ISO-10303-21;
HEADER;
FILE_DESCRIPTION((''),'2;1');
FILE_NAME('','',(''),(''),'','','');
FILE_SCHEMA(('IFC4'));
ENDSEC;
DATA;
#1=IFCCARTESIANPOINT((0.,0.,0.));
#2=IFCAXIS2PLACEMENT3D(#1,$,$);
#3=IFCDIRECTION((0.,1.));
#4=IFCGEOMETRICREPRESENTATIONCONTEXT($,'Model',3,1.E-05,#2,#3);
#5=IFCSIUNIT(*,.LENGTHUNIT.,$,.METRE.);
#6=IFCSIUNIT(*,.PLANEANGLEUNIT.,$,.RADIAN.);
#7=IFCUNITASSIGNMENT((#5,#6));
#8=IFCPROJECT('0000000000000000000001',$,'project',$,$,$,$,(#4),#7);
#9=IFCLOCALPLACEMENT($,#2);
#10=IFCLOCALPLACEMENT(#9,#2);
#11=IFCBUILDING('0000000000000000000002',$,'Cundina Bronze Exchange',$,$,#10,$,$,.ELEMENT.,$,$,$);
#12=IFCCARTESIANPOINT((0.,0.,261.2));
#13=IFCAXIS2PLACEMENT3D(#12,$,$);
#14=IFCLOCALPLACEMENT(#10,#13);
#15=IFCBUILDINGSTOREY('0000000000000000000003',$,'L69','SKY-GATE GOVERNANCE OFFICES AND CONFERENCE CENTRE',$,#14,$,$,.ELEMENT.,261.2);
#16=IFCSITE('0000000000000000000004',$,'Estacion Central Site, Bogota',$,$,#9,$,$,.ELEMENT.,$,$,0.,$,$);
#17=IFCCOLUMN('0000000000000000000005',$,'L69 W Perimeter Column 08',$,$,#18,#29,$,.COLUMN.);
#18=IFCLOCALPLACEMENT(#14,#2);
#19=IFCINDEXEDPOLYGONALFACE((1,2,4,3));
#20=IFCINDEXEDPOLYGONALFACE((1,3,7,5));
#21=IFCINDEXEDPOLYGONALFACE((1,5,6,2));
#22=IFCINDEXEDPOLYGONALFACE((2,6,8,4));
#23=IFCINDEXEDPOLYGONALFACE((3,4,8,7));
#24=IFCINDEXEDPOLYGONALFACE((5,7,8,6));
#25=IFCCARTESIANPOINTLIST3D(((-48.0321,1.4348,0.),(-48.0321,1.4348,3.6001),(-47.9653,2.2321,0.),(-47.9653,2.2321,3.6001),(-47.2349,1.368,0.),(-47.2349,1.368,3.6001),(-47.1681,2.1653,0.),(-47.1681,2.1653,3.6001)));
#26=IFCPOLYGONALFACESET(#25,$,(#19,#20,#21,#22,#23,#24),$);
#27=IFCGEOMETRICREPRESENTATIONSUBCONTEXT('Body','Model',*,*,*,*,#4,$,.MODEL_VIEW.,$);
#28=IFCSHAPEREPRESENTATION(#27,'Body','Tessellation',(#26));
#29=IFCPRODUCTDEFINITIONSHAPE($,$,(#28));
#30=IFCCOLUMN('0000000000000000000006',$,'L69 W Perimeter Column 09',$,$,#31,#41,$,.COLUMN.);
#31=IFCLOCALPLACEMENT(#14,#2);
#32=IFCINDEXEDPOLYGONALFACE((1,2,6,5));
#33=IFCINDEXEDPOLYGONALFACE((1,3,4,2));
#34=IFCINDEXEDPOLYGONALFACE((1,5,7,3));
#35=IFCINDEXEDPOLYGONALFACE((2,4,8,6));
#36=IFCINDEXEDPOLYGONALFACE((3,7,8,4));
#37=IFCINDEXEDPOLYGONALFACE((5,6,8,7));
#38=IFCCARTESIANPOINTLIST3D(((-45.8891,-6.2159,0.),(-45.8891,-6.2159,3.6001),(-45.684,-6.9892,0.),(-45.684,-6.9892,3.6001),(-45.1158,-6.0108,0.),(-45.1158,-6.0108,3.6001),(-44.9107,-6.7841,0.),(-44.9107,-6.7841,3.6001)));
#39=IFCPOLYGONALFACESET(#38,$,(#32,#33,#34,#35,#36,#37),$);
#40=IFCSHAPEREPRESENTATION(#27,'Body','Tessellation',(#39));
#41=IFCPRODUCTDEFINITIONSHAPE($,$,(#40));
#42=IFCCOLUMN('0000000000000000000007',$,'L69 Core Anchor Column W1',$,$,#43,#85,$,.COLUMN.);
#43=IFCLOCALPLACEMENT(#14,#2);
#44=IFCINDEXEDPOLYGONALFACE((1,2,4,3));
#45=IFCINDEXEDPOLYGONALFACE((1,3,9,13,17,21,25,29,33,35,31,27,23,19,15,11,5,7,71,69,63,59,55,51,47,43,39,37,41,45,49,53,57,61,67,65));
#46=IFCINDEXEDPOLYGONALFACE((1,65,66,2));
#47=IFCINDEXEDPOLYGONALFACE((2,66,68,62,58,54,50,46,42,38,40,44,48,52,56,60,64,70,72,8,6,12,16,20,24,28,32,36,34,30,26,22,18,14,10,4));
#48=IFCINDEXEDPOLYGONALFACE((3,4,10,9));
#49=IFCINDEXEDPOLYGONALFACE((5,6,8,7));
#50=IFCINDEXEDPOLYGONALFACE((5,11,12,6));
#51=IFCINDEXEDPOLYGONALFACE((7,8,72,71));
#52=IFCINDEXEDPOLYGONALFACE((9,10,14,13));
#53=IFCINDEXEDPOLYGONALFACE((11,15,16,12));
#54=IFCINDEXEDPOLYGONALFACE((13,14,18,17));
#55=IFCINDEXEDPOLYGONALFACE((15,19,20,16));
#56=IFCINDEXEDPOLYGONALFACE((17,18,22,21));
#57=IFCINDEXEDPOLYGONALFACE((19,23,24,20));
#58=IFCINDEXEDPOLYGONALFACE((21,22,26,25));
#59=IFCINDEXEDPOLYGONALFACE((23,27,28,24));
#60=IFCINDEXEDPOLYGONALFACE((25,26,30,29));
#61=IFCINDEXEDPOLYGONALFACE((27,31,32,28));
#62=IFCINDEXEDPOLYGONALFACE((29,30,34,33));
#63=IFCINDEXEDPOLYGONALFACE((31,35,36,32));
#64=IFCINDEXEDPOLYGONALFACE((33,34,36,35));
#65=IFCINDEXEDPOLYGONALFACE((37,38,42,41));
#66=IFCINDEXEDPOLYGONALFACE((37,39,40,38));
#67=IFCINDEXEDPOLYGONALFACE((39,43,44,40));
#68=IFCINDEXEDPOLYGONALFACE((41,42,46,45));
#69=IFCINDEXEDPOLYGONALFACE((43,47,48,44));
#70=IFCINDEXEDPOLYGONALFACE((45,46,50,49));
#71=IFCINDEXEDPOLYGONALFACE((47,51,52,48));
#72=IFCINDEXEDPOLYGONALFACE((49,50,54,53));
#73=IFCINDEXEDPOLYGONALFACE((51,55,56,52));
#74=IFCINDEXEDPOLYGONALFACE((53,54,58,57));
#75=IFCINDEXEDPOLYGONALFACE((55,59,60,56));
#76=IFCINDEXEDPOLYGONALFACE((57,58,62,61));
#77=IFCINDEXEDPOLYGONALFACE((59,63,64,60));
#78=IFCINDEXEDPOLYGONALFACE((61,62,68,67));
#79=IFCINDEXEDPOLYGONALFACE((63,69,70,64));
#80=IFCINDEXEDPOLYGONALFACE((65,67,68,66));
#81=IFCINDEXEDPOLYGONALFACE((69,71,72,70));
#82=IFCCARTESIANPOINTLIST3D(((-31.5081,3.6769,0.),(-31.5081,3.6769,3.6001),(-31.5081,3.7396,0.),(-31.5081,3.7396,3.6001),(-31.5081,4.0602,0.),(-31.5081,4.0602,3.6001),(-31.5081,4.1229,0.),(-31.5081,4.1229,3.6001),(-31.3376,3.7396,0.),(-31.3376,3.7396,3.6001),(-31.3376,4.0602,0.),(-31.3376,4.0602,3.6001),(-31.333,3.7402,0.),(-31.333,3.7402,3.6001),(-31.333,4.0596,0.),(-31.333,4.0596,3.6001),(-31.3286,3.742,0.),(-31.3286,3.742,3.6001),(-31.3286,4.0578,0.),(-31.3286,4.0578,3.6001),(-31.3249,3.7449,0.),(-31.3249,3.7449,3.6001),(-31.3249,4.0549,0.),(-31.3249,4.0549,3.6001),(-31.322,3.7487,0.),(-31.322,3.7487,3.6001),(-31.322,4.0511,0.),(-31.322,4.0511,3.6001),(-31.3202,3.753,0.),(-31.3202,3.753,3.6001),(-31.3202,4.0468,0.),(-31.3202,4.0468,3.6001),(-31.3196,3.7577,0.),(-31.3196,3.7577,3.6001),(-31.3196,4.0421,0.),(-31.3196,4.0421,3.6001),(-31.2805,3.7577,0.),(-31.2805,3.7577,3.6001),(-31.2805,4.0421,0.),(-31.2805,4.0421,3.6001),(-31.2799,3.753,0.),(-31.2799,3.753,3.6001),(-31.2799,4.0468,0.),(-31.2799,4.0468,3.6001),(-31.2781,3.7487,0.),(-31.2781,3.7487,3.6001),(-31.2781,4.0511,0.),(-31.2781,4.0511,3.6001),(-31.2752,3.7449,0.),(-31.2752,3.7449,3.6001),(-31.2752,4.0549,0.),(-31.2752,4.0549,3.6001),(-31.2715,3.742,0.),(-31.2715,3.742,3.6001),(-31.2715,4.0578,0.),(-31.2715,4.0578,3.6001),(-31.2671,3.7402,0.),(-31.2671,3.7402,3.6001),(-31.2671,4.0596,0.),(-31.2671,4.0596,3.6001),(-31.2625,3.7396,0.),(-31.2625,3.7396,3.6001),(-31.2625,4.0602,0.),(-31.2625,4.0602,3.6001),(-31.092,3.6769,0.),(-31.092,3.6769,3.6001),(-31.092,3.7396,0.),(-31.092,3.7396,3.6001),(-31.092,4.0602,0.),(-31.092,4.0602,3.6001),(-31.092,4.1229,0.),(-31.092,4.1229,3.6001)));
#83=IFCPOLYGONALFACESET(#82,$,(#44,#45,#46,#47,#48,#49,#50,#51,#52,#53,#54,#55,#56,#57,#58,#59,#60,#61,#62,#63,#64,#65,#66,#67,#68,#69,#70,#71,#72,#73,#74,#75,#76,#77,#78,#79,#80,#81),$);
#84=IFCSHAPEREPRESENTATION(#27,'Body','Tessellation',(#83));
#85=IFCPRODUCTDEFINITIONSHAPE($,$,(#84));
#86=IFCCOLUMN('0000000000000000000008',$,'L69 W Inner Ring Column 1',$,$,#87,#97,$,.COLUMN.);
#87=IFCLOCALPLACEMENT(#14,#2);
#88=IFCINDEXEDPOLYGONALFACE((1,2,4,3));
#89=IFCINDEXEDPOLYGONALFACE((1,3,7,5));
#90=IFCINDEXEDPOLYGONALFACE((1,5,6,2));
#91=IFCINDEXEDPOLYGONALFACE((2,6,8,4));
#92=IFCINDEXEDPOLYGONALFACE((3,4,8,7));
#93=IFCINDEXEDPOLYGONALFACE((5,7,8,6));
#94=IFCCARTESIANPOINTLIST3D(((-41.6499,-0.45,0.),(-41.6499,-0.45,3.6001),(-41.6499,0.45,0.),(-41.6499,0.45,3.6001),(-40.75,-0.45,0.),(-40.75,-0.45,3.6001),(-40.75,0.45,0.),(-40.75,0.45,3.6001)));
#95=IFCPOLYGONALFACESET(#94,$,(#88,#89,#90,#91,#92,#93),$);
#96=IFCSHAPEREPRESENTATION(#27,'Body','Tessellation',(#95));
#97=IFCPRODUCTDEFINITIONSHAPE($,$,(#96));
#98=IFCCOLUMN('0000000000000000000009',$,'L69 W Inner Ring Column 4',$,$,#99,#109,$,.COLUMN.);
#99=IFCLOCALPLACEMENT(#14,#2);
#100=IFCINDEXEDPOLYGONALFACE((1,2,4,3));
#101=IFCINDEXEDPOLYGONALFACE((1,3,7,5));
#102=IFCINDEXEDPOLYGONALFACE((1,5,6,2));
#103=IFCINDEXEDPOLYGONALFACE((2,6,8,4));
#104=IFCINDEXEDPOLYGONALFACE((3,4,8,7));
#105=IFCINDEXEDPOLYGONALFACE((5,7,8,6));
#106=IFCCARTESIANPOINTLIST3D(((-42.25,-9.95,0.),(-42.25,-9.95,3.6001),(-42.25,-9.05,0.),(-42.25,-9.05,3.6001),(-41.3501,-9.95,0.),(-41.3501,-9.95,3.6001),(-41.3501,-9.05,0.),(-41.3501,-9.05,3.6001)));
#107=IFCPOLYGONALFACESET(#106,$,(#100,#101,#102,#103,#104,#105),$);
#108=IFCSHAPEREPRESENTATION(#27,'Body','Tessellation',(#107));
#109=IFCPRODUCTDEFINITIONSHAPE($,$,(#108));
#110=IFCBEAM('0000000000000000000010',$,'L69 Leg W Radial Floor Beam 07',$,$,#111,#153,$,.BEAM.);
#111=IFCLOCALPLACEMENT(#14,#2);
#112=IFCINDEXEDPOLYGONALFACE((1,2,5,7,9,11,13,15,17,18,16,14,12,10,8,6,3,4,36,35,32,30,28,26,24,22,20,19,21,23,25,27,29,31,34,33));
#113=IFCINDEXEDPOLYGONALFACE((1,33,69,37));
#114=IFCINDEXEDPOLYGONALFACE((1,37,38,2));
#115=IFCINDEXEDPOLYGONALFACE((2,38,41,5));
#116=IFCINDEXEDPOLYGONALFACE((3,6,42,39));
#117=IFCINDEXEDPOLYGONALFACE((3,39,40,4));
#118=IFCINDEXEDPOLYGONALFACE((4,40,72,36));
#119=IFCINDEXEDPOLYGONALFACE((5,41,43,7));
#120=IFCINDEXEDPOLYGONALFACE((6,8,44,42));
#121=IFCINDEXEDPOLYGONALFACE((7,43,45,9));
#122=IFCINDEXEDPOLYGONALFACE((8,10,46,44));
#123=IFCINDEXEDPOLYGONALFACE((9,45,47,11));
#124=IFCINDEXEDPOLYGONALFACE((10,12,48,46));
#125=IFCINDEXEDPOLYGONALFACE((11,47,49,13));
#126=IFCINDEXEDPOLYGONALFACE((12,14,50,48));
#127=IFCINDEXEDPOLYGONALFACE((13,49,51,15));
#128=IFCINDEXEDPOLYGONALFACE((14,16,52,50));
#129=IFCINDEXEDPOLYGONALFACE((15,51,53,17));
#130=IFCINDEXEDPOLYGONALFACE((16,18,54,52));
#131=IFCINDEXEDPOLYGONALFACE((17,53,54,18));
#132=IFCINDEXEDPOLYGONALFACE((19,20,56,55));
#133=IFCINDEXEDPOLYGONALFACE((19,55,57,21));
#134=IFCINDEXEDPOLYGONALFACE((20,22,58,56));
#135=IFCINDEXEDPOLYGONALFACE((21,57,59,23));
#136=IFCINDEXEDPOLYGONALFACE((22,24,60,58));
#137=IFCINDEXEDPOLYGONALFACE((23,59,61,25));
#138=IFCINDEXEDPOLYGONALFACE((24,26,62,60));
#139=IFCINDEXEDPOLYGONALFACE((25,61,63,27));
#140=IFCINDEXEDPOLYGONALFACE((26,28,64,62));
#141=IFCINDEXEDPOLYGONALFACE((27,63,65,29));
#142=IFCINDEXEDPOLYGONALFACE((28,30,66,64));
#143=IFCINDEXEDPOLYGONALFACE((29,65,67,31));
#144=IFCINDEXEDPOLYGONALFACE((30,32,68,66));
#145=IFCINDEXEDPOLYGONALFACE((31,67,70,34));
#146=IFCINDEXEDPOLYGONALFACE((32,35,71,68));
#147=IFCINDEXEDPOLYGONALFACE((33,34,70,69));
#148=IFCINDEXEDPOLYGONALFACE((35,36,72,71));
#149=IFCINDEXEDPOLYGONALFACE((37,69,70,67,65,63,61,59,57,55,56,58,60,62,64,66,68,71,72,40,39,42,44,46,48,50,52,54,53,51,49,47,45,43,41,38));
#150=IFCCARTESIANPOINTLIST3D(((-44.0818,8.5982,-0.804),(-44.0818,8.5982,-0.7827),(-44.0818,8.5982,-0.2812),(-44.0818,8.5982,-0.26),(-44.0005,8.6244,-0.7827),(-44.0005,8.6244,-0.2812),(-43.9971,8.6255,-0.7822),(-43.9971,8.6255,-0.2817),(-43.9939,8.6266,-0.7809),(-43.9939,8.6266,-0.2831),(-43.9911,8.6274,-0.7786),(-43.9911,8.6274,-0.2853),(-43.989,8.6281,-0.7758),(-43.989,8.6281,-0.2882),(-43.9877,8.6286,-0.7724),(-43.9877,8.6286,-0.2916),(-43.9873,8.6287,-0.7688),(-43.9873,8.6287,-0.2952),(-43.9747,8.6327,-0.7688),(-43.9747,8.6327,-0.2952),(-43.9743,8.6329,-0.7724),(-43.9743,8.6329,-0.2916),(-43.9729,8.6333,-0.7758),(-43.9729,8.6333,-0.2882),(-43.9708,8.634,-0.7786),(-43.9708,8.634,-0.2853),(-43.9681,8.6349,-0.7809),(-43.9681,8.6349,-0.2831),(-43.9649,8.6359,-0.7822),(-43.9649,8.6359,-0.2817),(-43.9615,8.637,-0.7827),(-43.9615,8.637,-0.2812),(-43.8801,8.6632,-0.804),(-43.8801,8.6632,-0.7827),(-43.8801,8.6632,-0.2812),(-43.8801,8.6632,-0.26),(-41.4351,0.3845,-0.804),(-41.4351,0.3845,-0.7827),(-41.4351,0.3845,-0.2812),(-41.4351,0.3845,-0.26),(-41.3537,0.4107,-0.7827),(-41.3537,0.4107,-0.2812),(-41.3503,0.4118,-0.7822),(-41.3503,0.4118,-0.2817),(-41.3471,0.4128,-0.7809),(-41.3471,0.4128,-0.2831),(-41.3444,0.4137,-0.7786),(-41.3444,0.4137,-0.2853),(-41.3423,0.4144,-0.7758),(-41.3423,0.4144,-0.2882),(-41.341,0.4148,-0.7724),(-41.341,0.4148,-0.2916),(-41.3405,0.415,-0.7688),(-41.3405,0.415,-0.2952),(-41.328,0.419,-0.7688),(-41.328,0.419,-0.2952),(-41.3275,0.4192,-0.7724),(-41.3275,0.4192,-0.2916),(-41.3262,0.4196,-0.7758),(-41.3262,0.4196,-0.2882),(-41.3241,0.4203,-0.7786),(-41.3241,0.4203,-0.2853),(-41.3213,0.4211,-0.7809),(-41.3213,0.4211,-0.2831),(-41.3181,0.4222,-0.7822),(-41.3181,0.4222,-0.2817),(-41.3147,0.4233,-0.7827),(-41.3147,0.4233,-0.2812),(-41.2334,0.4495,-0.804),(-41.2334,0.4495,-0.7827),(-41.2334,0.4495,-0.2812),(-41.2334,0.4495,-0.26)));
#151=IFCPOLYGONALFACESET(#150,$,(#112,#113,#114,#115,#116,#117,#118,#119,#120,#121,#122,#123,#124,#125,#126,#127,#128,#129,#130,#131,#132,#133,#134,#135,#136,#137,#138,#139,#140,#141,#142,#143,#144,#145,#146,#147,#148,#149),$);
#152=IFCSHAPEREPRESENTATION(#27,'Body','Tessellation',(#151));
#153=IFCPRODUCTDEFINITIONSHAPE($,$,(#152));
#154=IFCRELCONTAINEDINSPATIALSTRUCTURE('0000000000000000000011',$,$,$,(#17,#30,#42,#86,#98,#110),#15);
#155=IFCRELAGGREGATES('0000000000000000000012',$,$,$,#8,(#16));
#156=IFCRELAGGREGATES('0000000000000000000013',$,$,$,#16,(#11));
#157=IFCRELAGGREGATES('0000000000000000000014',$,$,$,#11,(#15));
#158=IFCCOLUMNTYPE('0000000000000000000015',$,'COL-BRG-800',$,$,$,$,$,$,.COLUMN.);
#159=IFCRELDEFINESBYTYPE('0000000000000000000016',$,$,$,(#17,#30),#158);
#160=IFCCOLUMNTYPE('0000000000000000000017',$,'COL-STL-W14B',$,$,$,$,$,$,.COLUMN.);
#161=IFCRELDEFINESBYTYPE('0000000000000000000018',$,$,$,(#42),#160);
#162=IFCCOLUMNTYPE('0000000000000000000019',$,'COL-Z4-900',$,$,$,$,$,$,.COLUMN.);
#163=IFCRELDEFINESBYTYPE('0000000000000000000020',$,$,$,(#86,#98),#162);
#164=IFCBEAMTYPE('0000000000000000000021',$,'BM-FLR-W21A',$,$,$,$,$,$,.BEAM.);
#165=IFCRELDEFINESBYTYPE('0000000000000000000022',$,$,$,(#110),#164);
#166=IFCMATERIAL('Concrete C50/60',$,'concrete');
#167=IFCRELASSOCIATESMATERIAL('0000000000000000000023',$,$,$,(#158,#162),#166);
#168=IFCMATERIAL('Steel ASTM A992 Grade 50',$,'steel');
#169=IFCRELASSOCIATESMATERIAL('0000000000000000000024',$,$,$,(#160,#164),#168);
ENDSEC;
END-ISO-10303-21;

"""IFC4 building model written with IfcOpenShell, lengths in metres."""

from ifc_helpers import new_model, si_unit, direction, frame, origin, origin_2d, place, context, subcontext, project, spatial, rectangle, i_section, extrude, material, material_profile, profile_set, type_object, element, save


model = new_model("IFC4")

# Units and contexts
model_context = context("Model", 3, precision=1e-05, world=origin(), true_north=direction((0.0, 1.0)))
body_context = subcontext(model_context, "Body", "Model", "MODEL_VIEW")
ifc_project = project(units=[si_unit("LENGTHUNIT", "METRE"), si_unit("PLANEANGLEUNIT", "RADIAN")], contexts=[model_context])

# Site, building, storey
site_placement = place(None, origin())
site = spatial("IfcSite", under=ifc_project, at=site_placement, Name="Estacion Central Site, Bogota", CompositionType="ELEMENT", RefElevation=0.0)
building_placement = place(site_placement, origin())
building = spatial("IfcBuilding", under=site, at=building_placement, Name="Cundina Bronze Exchange", CompositionType="ELEMENT")
storey_placement = place(building_placement, frame((0.0, 0.0, 261.2)))
storey = spatial("IfcBuildingStorey", under=building, at=storey_placement, Name="L69", Description="SKY-GATE GOVERNANCE OFFICES AND CONFERENCE CENTRE", CompositionType="ELEMENT", Elevation=261.2)

# Columns
ifc_material_1 = material(Name="Concrete C50/60", Category="concrete")
ifc_material_profile_1 = material_profile(ifc_material_1, rectangle(XDim=0.8, YDim=0.8, at=origin_2d()), Name="RC800X800", Category="concrete")
ifc_profile_set_1 = profile_set([ifc_material_profile_1], Name="Concrete C50/60")
column_type_1 = type_object("IfcColumnType", Name="COL-BRG-800", PredefinedType="COLUMN", material=ifc_profile_set_1)
for number, where, z_axis, x_axis, name in (
    (1, (-47.6001, 1.8, 0.0), (0.0, 0.0, 1.0), (-0.083504, -0.996507, 0.0), "L69 W Perimeter Column 08"),
    (2, (-45.3999, -6.5, 0.0), (0.0, 0.0, 1.0), (0.256289, -0.9666, 0.0), "L69 W Perimeter Column 09"),
):
    element("IfcColumn", number, at=place(storey_placement, frame(where, z_axis=z_axis, x_axis=x_axis)), inside=storey, type_object=column_type_1, Name=name, PredefinedType="COLUMN", context=body_context, shape_type="SweptSolid", body=[
        extrude(rectangle(XDim=0.8, YDim=0.8, at=origin_2d()), origin(), (0.0, 0.0, 1.0), 3.6001),
    ])
ifc_material_2 = material(Name="Steel ASTM A992 Grade 50", Category="steel")
ifc_material_profile_2 = material_profile(ifc_material_2, i_section(OverallWidth=0.416, OverallDepth=0.446, WebThickness=0.0391, FlangeThickness=0.0627, FilletRadius=0.0181, at=origin_2d()), Name="W14X342", Category="steel")
ifc_profile_set_2 = profile_set([ifc_material_profile_2], Name="Steel ASTM A992 Grade 50")
column_type_2 = type_object("IfcColumnType", Name="COL-STL-W14B", PredefinedType="COLUMN", material=ifc_profile_set_2)
column_placement = place(storey_placement, frame((-31.3, 3.8999, 0.0), z_axis=(0.0, 0.0, 1.0), x_axis=(1.0, 0.0, 0.0)))
element("IfcColumn", 3, at=column_placement, inside=storey, type_object=column_type_2, Name="L69 Core Anchor Column W1", PredefinedType="COLUMN", context=body_context, shape_type="SweptSolid", body=[
    extrude(i_section(OverallWidth=0.416, OverallDepth=0.446, WebThickness=0.0391, FlangeThickness=0.0627, FilletRadius=0.0181, at=origin_2d()), origin(), (0.0, 0.0, 1.0), 3.6001),
])
ifc_material_profile_3 = material_profile(ifc_material_1, rectangle(XDim=0.8999, YDim=0.8999, at=origin_2d()), Name="RC900X900", Category="concrete")
ifc_profile_set_3 = profile_set([ifc_material_profile_3], Name="Concrete C50/60")
column_type_3 = type_object("IfcColumnType", Name="COL-Z4-900", PredefinedType="COLUMN", material=ifc_profile_set_3)
for number, where, z_axis, x_axis, name in (
    (4, (-41.2, 0.0, 0.0), (0.0, 0.0, 1.0), (1.0, 0.0, 0.0), "L69 W Inner Ring Column 1"),
    (5, (-41.8, -9.5, 0.0), (0.0, 0.0, 1.0), (1.0, 0.0, 0.0), "L69 W Inner Ring Column 4"),
):
    element("IfcColumn", number, at=place(storey_placement, frame(where, z_axis=z_axis, x_axis=x_axis)), inside=storey, type_object=column_type_3, Name=name, PredefinedType="COLUMN", context=body_context, shape_type="SweptSolid", body=[
        extrude(rectangle(XDim=0.8999, YDim=0.8999, at=origin_2d()), origin(), (0.0, 0.0, 1.0), 3.6001),
    ])

# Beam
ifc_material_profile_4 = material_profile(ifc_material_2, i_section(OverallWidth=0.2119, OverallDepth=0.5439, WebThickness=0.0132, FlangeThickness=0.0212, FilletRadius=0.0139, at=origin_2d()), Name="W21X83", Category="steel")
ifc_profile_set_4 = profile_set([ifc_material_profile_4], Name="Steel ASTM A992 Grade 50")
beam_type_1 = type_object("IfcBeamType", Name="BM-FLR-W21A", PredefinedType="BEAM", material=ifc_profile_set_4)
beam_1_placement = place(storey_placement, frame((-41.3342, 0.417, -0.532), z_axis=(-0.306706, 0.951804, 0.0), x_axis=(-0.951804, -0.306706, 0.0)))
element("IfcBeam", 6, at=beam_1_placement, inside=storey, type_object=beam_type_1, Name="L69 Leg W Radial Floor Beam 07", PredefinedType="BEAM", context=body_context, shape_type="SweptSolid", body=[
    extrude(i_section(OverallWidth=0.2119, OverallDepth=0.5439, WebThickness=0.0132, FlangeThickness=0.0212, FilletRadius=0.0139, at=origin_2d()), origin(), (0.0, 0.0, 1.0), 8.6296),
])

save(model, "model.ifc")
